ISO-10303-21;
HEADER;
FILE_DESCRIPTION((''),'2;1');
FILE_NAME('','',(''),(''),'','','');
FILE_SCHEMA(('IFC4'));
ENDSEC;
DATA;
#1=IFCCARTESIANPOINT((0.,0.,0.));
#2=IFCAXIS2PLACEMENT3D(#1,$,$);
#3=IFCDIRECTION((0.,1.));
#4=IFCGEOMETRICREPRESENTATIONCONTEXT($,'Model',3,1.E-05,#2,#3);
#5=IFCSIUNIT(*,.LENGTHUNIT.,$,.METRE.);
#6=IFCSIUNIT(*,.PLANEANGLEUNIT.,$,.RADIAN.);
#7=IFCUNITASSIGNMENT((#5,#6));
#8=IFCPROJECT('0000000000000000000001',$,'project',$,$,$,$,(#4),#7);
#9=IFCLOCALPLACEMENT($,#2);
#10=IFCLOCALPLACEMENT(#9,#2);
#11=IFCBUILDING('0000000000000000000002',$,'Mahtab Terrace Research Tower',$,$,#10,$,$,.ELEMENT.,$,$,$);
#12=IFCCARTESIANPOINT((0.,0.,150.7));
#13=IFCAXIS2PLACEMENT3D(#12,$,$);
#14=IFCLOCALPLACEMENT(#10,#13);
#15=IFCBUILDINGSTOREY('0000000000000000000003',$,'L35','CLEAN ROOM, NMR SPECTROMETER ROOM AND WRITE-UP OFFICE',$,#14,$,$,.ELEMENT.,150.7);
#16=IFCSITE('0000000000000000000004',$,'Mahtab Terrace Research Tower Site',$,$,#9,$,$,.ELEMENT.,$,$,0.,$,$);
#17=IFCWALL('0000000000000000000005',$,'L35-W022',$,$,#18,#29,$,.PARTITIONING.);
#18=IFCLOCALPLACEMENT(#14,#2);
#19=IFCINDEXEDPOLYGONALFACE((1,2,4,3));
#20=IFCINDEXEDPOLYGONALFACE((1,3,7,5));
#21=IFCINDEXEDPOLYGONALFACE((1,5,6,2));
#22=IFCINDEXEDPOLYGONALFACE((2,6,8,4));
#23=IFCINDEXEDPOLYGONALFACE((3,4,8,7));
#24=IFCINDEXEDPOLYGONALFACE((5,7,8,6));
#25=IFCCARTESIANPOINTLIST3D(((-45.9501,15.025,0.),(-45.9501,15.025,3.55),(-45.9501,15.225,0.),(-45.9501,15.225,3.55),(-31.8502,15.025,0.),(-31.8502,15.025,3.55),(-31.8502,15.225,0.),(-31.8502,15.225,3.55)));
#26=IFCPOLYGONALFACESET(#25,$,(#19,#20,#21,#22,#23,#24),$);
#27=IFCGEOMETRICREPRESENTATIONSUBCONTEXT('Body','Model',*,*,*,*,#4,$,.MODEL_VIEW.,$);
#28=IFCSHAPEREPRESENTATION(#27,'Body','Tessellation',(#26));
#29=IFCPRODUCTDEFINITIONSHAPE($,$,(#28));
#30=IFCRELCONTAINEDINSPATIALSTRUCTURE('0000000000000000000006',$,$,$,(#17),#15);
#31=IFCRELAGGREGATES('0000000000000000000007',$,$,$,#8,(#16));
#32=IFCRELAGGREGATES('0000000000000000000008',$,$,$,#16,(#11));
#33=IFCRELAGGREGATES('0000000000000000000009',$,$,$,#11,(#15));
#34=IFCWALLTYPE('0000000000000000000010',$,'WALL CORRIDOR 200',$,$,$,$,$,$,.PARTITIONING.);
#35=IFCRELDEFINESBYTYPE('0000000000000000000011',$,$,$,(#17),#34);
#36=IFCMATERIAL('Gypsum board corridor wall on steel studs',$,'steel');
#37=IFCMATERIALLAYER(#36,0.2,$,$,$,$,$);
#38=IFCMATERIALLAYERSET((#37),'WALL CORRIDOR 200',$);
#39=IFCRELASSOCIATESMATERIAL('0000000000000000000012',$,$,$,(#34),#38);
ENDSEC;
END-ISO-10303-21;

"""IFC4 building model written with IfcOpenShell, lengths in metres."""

from ifc_helpers import new_model, si_unit, direction, frame, frame_2d, origin, place, context, subcontext, project, spatial, rectangle, extrude, material, layer, layer_set, type_object, element, save


model = new_model("IFC4")

# Units and contexts
model_context = context("Model", 3, precision=1e-05, world=origin(), true_north=direction((0.0, 1.0)))
body_context = subcontext(model_context, "Body", "Model", "MODEL_VIEW")
ifc_project = project(units=[si_unit("LENGTHUNIT", "METRE"), si_unit("PLANEANGLEUNIT", "RADIAN")], contexts=[model_context])

# Site, building, storey
site_placement = place(None, origin())
site = spatial("IfcSite", under=ifc_project, at=site_placement, Name="Mahtab Terrace Research Tower Site", CompositionType="ELEMENT", RefElevation=0.0)
building_placement = place(site_placement, origin())
building = spatial("IfcBuilding", under=site, at=building_placement, Name="Mahtab Terrace Research Tower", CompositionType="ELEMENT")
storey_placement = place(building_placement, frame((0.0, 0.0, 150.7)))
storey = spatial("IfcBuildingStorey", under=building, at=storey_placement, Name="L35", Description="CLEAN ROOM, NMR SPECTROMETER ROOM AND WRITE-UP OFFICE", CompositionType="ELEMENT", Elevation=150.7)

# Wall
ifc_material_1 = material(Name="Gypsum board corridor wall on steel studs", Category="steel")
ifc_layer_1 = layer(ifc_material_1, 0.2)
ifc_layer_set_1 = layer_set([ifc_layer_1], Name="WALL CORRIDOR 200")
wall_type = type_object("IfcWallType", Name="WALL CORRIDOR 200", PredefinedType="PARTITIONING", material=ifc_layer_set_1)
wall_1_placement = place(storey_placement, frame((-45.95, 15.125, 0.0), z_axis=(0.0, 0.0, 1.0), x_axis=(1.0, 0.0, 0.0)))
element("IfcWall", 1, at=wall_1_placement, inside=storey, type_object=wall_type, Name="L35-W022", PredefinedType="PARTITIONING", context=body_context, shape_type="SweptSolid", body=[
    extrude(rectangle(XDim=14.0999, YDim=0.2, at=frame_2d((7.0498, 0.0))), origin(), (0.0, 0.0, 1.0), 3.55),
])

save(model, "model.ifc")
